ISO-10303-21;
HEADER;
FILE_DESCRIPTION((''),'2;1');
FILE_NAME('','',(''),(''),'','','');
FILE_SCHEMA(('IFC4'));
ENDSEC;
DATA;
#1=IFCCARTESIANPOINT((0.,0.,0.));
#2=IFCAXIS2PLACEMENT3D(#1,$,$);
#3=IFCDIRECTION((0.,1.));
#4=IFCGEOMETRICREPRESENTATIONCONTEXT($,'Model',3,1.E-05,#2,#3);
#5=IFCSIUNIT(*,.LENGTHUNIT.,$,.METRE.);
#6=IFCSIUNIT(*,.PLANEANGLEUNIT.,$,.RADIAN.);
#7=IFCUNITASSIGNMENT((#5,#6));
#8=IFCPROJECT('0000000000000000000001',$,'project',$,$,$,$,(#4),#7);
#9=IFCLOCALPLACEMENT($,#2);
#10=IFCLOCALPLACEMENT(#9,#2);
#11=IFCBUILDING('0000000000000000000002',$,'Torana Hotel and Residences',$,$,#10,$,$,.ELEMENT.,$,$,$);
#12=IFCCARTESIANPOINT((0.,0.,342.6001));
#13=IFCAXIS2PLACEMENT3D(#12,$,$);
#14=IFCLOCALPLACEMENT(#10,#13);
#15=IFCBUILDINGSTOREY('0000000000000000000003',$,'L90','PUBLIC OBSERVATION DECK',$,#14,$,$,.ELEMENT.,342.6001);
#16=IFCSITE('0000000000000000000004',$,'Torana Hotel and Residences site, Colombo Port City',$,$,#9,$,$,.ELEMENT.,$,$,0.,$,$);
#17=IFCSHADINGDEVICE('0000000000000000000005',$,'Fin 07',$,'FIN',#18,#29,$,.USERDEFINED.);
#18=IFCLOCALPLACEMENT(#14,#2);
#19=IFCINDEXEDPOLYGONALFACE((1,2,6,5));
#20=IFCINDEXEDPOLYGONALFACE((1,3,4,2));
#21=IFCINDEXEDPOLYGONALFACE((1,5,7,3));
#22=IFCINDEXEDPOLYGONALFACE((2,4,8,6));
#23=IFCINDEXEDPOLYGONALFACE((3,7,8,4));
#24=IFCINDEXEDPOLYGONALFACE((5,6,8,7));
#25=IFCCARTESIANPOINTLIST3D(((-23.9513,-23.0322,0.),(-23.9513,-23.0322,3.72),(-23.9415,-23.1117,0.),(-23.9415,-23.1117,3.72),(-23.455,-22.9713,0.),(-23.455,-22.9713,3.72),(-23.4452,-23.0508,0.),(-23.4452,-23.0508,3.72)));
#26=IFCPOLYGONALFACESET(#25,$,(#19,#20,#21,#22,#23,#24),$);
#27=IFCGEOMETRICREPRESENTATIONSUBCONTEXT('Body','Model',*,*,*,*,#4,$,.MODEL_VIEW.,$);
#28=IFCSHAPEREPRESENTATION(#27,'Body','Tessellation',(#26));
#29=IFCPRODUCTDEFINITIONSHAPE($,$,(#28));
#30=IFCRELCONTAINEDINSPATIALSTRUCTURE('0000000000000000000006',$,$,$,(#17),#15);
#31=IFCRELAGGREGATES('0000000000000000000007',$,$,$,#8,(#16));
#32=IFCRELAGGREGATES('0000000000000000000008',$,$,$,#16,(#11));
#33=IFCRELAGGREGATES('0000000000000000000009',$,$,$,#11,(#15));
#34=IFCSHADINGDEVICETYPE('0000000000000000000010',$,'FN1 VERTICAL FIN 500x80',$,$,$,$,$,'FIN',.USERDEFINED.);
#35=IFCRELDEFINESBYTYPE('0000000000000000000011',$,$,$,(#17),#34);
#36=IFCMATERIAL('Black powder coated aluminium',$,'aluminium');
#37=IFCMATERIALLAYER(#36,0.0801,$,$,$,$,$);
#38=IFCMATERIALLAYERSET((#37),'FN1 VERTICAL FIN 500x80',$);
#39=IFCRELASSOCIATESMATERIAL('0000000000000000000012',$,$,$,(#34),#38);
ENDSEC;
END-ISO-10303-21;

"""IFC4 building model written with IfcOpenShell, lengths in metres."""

from ifc_helpers import new_model, si_unit, direction, frame, origin, origin_2d, place, context, subcontext, project, spatial, rectangle, extrude, material, layer, layer_set, type_object, element, save


model = new_model("IFC4")

# Units and contexts
model_context = context("Model", 3, precision=1e-05, world=origin(), true_north=direction((0.0, 1.0)))
body_context = subcontext(model_context, "Body", "Model", "MODEL_VIEW")
ifc_project = project(units=[si_unit("LENGTHUNIT", "METRE"), si_unit("PLANEANGLEUNIT", "RADIAN")], contexts=[model_context])

# Site, building, storey
site_placement = place(None, origin())
site = spatial("IfcSite", under=ifc_project, at=site_placement, Name="Torana Hotel and Residences site, Colombo Port City", CompositionType="ELEMENT", RefElevation=0.0)
building_placement = place(site_placement, origin())
building = spatial("IfcBuilding", under=site, at=building_placement, Name="Torana Hotel and Residences", CompositionType="ELEMENT")
storey_placement = place(building_placement, frame((0.0, 0.0, 342.6001)))
storey = spatial("IfcBuildingStorey", under=building, at=storey_placement, Name="L90", Description="PUBLIC OBSERVATION DECK", CompositionType="ELEMENT", Elevation=342.6001)

# Shading device
ifc_material_1 = material(Name="Black powder coated aluminium", Category="aluminium")
ifc_layer_1 = layer(ifc_material_1, 0.0801)
ifc_layer_set_1 = layer_set([ifc_layer_1], Name="FN1 VERTICAL FIN 500x80")
shading_device_type = type_object("IfcShadingDeviceType", Name="FN1 VERTICAL FIN 500x80", ElementType="FIN", PredefinedType="USERDEFINED", material=ifc_layer_set_1)
shading_device_placement = place(storey_placement, frame((-23.6982, -23.0415, 0.0), z_axis=(0.0, 0.0, 1.0), x_axis=(-0.121881, 0.992545, 0.0)))
element("IfcShadingDevice", 1, at=shading_device_placement, inside=storey, type_object=shading_device_type, Name="Fin 07", ObjectType="FIN", PredefinedType="USERDEFINED", context=body_context, shape_type="SweptSolid", body=[
    extrude(rectangle(XDim=0.0801, YDim=0.5, at=origin_2d()), origin(), (0.0, 0.0, 1.0), 3.72),
])

save(model, "model.ifc")
